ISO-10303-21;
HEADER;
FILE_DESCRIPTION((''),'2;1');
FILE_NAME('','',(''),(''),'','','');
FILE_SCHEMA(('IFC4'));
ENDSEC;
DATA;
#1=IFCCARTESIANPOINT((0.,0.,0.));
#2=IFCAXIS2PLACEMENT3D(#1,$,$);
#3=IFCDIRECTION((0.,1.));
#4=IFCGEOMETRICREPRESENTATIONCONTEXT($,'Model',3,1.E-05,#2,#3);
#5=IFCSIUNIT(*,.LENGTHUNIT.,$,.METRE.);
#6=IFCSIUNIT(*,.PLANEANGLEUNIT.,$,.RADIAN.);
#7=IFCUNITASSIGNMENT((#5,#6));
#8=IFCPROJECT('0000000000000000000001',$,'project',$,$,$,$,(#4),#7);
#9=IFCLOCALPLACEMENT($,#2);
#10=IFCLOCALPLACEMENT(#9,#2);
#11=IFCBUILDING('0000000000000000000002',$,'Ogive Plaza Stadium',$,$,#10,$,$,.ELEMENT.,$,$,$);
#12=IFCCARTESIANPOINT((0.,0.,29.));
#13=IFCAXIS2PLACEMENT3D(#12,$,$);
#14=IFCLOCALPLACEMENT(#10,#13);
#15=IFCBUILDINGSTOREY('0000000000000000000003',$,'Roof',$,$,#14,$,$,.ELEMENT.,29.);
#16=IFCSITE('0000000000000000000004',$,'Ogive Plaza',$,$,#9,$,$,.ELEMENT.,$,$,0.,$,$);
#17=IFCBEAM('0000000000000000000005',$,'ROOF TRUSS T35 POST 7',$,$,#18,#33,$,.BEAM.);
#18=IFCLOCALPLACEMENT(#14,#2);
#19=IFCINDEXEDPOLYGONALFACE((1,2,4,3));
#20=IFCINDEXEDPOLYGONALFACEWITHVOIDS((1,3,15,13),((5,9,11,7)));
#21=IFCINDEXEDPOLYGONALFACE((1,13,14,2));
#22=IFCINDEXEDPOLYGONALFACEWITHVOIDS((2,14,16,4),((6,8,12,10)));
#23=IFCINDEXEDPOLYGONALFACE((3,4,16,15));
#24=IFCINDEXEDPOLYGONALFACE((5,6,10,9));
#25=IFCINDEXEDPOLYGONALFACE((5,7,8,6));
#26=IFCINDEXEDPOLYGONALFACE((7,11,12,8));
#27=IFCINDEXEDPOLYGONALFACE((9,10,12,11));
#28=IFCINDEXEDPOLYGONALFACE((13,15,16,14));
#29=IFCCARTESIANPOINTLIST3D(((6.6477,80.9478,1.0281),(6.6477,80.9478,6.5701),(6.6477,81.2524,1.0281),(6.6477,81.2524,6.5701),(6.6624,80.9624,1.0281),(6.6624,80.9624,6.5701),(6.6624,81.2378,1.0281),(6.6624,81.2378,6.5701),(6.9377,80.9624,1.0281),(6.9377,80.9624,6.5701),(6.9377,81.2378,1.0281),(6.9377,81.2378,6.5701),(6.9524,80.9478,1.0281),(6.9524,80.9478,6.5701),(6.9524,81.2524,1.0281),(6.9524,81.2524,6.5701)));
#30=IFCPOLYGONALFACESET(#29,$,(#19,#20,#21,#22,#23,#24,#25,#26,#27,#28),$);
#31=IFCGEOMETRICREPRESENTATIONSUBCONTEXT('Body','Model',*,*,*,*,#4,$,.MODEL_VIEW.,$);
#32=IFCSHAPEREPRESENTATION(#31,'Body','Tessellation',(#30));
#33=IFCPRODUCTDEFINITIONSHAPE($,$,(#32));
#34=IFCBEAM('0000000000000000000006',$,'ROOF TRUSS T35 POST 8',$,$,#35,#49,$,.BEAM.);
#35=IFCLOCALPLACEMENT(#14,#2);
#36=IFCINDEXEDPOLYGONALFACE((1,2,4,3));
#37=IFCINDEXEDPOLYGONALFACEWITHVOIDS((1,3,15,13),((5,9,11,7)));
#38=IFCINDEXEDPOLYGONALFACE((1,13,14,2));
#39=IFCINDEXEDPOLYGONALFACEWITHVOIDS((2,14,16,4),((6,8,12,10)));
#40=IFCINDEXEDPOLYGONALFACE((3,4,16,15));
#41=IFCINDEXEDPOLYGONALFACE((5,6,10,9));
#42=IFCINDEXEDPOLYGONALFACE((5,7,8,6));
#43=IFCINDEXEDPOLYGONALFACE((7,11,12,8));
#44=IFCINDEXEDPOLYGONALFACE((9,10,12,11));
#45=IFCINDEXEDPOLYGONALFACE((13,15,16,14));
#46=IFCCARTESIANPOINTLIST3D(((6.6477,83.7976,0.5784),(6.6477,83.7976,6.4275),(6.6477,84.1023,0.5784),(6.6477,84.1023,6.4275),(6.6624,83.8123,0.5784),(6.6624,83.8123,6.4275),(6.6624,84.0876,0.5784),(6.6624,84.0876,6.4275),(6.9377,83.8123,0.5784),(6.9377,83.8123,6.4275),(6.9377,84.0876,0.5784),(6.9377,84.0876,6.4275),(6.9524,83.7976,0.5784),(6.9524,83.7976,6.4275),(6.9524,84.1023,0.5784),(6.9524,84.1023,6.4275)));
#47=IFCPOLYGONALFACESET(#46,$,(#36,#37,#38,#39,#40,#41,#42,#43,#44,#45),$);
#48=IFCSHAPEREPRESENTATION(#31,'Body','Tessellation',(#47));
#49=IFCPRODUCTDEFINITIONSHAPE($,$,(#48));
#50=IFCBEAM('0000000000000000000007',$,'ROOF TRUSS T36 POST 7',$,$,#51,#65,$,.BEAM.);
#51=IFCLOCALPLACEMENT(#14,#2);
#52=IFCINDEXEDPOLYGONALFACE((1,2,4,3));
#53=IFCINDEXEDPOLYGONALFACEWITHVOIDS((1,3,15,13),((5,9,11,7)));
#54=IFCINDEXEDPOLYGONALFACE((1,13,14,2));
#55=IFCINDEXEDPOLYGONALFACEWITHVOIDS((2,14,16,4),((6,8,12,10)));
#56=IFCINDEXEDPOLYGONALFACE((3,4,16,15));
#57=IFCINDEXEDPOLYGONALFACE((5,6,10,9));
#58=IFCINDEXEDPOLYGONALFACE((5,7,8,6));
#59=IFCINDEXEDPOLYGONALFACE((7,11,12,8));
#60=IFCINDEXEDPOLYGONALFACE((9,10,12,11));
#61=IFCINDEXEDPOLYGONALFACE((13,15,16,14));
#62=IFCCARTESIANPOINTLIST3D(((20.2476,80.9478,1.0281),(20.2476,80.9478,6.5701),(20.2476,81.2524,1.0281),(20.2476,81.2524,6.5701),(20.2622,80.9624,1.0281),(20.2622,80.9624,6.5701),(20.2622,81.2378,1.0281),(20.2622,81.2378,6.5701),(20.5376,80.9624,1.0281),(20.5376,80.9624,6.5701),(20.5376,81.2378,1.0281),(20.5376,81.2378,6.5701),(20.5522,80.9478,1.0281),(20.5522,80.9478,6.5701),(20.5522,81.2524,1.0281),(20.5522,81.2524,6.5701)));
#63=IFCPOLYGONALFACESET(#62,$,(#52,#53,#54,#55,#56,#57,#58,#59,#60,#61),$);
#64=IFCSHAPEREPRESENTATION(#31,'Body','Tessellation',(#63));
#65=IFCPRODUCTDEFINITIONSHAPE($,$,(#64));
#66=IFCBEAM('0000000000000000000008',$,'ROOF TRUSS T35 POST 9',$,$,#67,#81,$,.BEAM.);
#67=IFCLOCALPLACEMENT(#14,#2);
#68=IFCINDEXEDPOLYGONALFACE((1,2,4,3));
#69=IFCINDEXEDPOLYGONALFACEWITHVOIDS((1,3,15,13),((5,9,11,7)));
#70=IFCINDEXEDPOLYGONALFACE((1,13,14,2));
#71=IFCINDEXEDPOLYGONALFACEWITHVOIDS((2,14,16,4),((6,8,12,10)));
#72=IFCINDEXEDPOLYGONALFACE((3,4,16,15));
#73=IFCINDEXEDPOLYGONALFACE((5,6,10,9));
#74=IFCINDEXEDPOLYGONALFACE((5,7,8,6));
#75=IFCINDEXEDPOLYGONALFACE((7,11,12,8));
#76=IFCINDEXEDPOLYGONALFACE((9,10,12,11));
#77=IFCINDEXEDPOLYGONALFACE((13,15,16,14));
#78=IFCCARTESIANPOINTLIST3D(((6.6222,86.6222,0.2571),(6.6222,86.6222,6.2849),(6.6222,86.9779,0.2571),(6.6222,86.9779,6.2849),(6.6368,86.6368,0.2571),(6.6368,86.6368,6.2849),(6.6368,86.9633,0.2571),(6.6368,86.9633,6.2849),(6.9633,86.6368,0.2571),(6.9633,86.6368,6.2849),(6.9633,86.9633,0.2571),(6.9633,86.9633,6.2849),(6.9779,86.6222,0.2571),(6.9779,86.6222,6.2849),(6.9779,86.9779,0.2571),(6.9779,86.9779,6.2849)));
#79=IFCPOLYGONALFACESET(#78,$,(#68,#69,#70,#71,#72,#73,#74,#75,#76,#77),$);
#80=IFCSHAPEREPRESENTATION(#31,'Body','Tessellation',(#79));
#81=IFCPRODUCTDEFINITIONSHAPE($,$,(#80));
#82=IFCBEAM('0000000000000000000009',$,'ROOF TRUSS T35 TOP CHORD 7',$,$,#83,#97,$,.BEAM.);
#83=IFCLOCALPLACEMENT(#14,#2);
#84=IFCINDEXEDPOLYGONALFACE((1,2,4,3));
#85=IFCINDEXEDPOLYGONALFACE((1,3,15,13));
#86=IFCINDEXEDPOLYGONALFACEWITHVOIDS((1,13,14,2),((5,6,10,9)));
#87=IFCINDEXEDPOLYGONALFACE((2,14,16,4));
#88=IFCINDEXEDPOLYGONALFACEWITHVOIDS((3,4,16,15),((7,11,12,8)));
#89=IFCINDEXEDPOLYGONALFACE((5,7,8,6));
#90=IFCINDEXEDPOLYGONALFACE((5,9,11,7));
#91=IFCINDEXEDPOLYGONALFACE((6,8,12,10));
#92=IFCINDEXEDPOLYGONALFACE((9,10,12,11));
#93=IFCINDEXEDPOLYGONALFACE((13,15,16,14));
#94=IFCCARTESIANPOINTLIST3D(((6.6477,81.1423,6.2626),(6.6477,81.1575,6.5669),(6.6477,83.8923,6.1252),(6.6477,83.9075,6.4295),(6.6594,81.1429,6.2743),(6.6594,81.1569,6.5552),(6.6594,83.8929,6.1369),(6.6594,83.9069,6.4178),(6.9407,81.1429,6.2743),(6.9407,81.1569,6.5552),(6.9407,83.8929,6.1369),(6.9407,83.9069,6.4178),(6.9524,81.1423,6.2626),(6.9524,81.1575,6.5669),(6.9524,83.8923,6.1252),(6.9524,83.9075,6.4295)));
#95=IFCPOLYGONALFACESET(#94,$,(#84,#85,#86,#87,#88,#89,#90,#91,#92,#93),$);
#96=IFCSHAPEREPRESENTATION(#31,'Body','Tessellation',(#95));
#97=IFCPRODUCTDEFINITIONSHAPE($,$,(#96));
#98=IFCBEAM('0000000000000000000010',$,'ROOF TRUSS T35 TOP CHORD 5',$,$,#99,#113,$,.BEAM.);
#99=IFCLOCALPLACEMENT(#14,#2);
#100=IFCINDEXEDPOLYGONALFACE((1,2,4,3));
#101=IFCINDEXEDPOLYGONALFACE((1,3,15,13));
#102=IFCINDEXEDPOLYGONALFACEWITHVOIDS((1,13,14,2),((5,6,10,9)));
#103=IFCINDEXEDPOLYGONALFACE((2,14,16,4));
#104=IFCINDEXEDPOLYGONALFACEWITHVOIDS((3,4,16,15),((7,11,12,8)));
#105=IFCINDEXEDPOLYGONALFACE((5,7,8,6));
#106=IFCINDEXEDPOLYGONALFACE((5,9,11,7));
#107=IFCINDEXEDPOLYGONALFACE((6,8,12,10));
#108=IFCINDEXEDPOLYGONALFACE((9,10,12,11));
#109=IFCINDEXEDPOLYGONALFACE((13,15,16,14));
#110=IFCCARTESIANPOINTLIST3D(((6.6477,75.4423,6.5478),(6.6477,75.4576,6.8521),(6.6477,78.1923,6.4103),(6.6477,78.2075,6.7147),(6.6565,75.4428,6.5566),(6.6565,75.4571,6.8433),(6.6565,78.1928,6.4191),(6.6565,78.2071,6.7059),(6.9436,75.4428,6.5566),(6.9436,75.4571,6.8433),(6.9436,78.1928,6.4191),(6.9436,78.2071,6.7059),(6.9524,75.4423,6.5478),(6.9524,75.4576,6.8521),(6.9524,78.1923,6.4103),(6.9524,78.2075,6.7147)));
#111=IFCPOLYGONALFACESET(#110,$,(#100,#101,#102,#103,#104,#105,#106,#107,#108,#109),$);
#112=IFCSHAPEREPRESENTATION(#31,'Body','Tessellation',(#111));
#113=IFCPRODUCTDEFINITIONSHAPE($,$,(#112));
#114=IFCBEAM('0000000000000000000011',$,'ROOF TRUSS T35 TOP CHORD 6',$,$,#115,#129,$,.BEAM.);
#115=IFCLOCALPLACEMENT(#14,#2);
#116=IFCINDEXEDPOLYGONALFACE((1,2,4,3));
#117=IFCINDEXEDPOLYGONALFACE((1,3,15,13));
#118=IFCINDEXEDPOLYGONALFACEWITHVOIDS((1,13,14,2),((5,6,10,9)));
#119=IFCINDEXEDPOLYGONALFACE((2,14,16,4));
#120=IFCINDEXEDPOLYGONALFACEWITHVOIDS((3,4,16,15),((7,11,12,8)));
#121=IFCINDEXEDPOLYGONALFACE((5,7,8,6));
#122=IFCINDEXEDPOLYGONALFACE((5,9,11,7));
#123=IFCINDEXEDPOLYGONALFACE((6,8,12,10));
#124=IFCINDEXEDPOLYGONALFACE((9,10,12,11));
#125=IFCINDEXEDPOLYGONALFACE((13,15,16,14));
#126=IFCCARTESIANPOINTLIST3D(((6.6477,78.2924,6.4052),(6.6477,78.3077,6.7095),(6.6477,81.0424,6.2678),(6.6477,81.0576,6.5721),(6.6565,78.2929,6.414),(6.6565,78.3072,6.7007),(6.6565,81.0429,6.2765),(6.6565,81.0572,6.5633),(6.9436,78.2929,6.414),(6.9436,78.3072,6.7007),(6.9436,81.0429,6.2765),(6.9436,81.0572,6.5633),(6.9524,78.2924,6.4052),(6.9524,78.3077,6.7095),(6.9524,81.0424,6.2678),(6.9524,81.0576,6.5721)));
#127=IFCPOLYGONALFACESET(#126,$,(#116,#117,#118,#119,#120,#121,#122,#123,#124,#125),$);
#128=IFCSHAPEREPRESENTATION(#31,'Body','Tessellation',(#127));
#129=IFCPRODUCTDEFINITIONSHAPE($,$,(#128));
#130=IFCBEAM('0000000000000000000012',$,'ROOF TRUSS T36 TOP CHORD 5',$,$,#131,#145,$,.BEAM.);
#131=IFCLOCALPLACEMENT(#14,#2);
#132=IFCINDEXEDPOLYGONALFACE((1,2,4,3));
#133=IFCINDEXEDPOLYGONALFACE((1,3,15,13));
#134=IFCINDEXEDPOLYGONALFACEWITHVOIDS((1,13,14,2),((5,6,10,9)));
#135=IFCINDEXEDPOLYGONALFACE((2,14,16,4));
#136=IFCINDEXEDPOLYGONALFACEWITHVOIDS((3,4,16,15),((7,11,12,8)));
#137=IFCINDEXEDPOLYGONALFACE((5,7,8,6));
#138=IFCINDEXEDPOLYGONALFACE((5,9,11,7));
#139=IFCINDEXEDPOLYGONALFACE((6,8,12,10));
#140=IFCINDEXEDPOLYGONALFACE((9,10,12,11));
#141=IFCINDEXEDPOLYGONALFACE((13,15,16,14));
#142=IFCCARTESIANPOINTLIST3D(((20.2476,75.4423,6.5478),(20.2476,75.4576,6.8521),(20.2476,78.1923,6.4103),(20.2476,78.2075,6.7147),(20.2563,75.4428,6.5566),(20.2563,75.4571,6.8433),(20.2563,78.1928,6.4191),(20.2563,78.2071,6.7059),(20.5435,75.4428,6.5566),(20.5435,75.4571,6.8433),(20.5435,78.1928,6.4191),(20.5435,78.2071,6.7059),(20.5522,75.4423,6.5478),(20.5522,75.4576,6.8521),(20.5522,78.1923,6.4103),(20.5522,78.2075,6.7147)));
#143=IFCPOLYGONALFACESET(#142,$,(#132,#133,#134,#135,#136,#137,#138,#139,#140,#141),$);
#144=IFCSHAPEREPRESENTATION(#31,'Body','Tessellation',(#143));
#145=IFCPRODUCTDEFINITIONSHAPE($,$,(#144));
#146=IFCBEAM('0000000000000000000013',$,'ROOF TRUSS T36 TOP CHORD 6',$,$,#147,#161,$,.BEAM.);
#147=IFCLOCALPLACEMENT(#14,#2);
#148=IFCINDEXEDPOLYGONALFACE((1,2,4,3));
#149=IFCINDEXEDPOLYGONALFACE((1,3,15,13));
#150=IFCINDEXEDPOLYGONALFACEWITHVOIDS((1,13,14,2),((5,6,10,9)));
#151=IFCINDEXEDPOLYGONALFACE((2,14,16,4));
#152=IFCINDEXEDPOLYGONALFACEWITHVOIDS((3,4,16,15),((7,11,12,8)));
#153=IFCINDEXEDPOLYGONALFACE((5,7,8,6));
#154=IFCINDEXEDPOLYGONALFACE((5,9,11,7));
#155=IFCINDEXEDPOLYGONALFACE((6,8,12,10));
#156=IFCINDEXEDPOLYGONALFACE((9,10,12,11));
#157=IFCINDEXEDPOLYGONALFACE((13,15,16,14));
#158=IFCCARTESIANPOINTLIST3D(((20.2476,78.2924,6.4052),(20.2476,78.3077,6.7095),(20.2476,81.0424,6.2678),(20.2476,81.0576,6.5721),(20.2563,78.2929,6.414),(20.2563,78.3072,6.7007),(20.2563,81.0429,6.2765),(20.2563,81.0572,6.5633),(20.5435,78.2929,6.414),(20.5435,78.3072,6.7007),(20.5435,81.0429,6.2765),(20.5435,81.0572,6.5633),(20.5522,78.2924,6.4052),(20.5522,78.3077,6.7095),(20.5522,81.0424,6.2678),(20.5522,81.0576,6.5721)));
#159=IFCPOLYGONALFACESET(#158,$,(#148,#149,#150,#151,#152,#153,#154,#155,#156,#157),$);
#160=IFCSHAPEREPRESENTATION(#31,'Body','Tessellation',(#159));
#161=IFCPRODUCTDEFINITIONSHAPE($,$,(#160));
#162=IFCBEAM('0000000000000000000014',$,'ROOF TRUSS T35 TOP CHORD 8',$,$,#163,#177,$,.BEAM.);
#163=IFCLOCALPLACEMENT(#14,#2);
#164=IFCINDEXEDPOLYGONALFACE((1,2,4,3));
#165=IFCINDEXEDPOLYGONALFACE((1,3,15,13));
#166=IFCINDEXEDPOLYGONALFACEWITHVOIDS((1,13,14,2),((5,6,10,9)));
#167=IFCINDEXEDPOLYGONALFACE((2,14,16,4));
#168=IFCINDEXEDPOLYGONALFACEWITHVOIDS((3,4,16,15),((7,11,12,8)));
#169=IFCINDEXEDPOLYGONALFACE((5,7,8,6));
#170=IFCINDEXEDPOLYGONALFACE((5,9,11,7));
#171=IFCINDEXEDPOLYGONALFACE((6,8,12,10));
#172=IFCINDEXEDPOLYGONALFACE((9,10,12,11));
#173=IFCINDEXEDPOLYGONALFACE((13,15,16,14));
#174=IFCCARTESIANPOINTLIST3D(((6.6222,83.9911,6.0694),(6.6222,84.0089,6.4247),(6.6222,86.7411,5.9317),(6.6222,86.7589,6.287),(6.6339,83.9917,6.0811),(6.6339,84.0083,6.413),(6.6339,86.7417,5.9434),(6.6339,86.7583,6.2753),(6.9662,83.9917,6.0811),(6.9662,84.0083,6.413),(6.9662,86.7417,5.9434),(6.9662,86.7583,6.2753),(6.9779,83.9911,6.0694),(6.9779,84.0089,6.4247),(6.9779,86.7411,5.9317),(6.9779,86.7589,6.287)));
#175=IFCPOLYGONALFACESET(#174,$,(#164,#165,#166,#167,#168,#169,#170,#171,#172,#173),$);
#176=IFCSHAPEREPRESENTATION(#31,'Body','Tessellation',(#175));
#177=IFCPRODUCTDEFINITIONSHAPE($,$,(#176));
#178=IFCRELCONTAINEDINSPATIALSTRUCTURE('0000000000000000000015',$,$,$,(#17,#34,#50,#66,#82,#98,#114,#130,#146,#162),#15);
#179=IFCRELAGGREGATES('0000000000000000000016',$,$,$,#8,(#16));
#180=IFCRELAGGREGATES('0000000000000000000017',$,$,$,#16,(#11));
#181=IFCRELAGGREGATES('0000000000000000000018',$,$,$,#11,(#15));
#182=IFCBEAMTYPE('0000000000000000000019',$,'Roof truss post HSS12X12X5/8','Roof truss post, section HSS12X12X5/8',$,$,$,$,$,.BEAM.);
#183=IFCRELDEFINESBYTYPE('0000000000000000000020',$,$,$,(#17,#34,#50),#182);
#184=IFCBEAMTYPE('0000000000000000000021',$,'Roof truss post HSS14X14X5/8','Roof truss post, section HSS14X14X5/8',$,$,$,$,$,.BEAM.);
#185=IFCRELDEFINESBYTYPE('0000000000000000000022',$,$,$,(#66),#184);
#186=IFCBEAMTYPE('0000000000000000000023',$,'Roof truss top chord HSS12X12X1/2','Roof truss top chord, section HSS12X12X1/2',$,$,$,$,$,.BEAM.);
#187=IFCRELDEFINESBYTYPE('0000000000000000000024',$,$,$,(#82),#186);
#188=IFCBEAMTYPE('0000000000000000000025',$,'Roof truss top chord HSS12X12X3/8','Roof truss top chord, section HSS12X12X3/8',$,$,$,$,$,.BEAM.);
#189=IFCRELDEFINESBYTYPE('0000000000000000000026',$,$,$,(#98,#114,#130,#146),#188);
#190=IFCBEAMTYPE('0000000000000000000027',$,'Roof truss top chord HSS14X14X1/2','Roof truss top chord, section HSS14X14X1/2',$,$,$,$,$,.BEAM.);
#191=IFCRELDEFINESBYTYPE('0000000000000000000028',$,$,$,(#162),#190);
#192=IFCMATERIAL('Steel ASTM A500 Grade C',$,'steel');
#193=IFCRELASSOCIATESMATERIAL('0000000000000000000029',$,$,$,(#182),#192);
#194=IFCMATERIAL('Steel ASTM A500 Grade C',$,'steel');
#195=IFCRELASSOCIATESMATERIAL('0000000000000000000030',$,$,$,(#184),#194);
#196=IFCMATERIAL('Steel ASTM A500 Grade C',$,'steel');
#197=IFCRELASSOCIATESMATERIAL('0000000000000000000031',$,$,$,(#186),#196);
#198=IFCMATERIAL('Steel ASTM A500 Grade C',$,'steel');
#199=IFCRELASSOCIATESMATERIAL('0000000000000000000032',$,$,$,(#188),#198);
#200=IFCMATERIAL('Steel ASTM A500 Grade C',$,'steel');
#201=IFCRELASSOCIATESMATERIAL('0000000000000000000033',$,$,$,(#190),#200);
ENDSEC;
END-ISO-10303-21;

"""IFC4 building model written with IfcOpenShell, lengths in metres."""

from ifc_helpers import new_model, si_unit, direction, frame, origin, origin_2d, place, context, subcontext, project, spatial, hollow_rectangle, extrude, material, material_profile, profile_set, type_object, element, save


model = new_model("IFC4")

# Units and contexts
model_context = context("Model", 3, precision=1e-05, world=origin(), true_north=direction((0.0, 1.0)))
body_context = subcontext(model_context, "Body", "Model", "MODEL_VIEW")
ifc_project = project(units=[si_unit("LENGTHUNIT", "METRE"), si_unit("PLANEANGLEUNIT", "RADIAN")], contexts=[model_context])

# Site, building, storey
site_placement = place(None, origin())
site = spatial("IfcSite", under=ifc_project, at=site_placement, Name="Ogive Plaza", CompositionType="ELEMENT", RefElevation=0.0)
building_placement = place(site_placement, origin())
building = spatial("IfcBuilding", under=site, at=building_placement, Name="Ogive Plaza Stadium", CompositionType="ELEMENT")
storey_placement = place(building_placement, frame((0.0, 0.0, 29.0)))
storey = spatial("IfcBuildingStorey", under=building, at=storey_placement, Name="Roof", CompositionType="ELEMENT", Elevation=29.0)

# Beams
ifc_material_1 = material(Name="Steel ASTM A500 Grade C", Category="steel")
ifc_material_profile_1 = material_profile(ifc_material_1, hollow_rectangle(XDim=0.3047, YDim=0.3047, WallThickness=0.0146, at=origin_2d()), Name="HSS12X12X5/8")
ifc_profile_set_1 = profile_set([ifc_material_profile_1], Name="Steel ASTM A500 Grade C")
beam_type_1 = type_object("IfcBeamType", Name="Roof truss post HSS12X12X5/8", Description="Roof truss post, section HSS12X12X5/8", PredefinedType="BEAM", material=ifc_profile_set_1)
beam_1_placement = place(storey_placement, frame((6.8, 81.1001, 1.0281), z_axis=(0.0, 0.0, 1.0), x_axis=(-1.0, 0.0, 0.0)))
element("IfcBeam", 1, at=beam_1_placement, inside=storey, type_object=beam_type_1, Name="ROOF TRUSS T35 POST 7", PredefinedType="BEAM", context=body_context, shape_type="SweptSolid", body=[
    extrude(hollow_rectangle(XDim=0.3047, YDim=0.3047, WallThickness=0.0146, at=origin_2d()), origin(), (0.0, 0.0, 1.0), 5.542),
])
beam_2_placement = place(storey_placement, frame((6.8, 83.95, 0.5784), z_axis=(0.0, 0.0, 1.0), x_axis=(-1.0, 0.0, 0.0)))
element("IfcBeam", 2, at=beam_2_placement, inside=storey, type_object=beam_type_1, Name="ROOF TRUSS T35 POST 8", PredefinedType="BEAM", context=body_context, shape_type="SweptSolid", body=[
    extrude(hollow_rectangle(XDim=0.3047, YDim=0.3047, WallThickness=0.0146, at=origin_2d()), origin(), (0.0, 0.0, 1.0), 5.8491),
])
beam_3_placement = place(storey_placement, frame((20.3999, 81.1001, 1.0281), z_axis=(0.0, 0.0, 1.0), x_axis=(-1.0, 0.0, 0.0)))
element("IfcBeam", 3, at=beam_3_placement, inside=storey, type_object=beam_type_1, Name="ROOF TRUSS T36 POST 7", PredefinedType="BEAM", context=body_context, shape_type="SweptSolid", body=[
    extrude(hollow_rectangle(XDim=0.3047, YDim=0.3047, WallThickness=0.0146, at=origin_2d()), origin(), (0.0, 0.0, 1.0), 5.542),
])
ifc_material_2 = material(Name="Steel ASTM A500 Grade C", Category="steel")
ifc_material_profile_2 = material_profile(ifc_material_2, hollow_rectangle(XDim=0.3557, YDim=0.3557, WallThickness=0.0146, at=origin_2d()), Name="HSS14X14X5/8")
ifc_profile_set_2 = profile_set([ifc_material_profile_2], Name="Steel ASTM A500 Grade C")
beam_type_2 = type_object("IfcBeamType", Name="Roof truss post HSS14X14X5/8", Description="Roof truss post, section HSS14X14X5/8", PredefinedType="BEAM", material=ifc_profile_set_2)
beam_4_placement = place(storey_placement, frame((6.8, 86.8, 0.2571), z_axis=(0.0, 0.0, 1.0), x_axis=(-1.0, 0.0, 0.0)))
element("IfcBeam", 4, at=beam_4_placement, inside=storey, type_object=beam_type_2, Name="ROOF TRUSS T35 POST 9", PredefinedType="BEAM", context=body_context, shape_type="SweptSolid", body=[
    extrude(hollow_rectangle(XDim=0.3557, YDim=0.3557, WallThickness=0.0146, at=origin_2d()), origin(), (0.0, 0.0, 1.0), 6.0278),
])
ifc_material_3 = material(Name="Steel ASTM A500 Grade C", Category="steel")
ifc_material_profile_3 = material_profile(ifc_material_3, hollow_rectangle(XDim=0.3047, YDim=0.3047, WallThickness=0.0117, at=origin_2d()), Name="HSS12X12X1/2")
ifc_profile_set_3 = profile_set([ifc_material_profile_3], Name="Steel ASTM A500 Grade C")
beam_type_3 = type_object("IfcBeamType", Name="Roof truss top chord HSS12X12X1/2", Description="Roof truss top chord, section HSS12X12X1/2", PredefinedType="BEAM", material=ifc_profile_set_3)
beam_5_placement = place(storey_placement, frame((6.8, 81.1499, 6.4148), z_axis=(0.0, 0.998753, -0.04992), x_axis=(-1.0, 0.0, 0.0)))
element("IfcBeam", 5, at=beam_5_placement, inside=storey, type_object=beam_type_3, Name="ROOF TRUSS T35 TOP CHORD 7", PredefinedType="BEAM", context=body_context, shape_type="SweptSolid", body=[
    extrude(hollow_rectangle(XDim=0.3047, YDim=0.3047, WallThickness=0.0117, at=origin_2d()), origin(), (0.0, 0.0, 1.0), 2.7534),
])
ifc_material_4 = material(Name="Steel ASTM A500 Grade C", Category="steel")
ifc_material_profile_4 = material_profile(ifc_material_4, hollow_rectangle(XDim=0.3047, YDim=0.3047, WallThickness=0.0088, at=origin_2d()), Name="HSS12X12X3/8")
ifc_profile_set_4 = profile_set([ifc_material_profile_4], Name="Steel ASTM A500 Grade C")
beam_type_4 = type_object("IfcBeamType", Name="Roof truss top chord HSS12X12X3/8", Description="Roof truss top chord, section HSS12X12X3/8", PredefinedType="BEAM", material=ifc_profile_set_4)
for number, where, z_axis, x_axis, name in (
    (6, (6.8, 75.45, 6.7), (0.0, 0.998753, -0.04992), (-1.0, 0.0, 0.0), "ROOF TRUSS T35 TOP CHORD 5"),
    (7, (6.8, 78.3, 6.5574), (0.0, 0.998753, -0.04992), (-1.0, 0.0, 0.0), "ROOF TRUSS T35 TOP CHORD 6"),
    (8, (20.3999, 75.45, 6.7), (0.0, 0.998753, -0.04992), (-1.0, 0.0, 0.0), "ROOF TRUSS T36 TOP CHORD 5"),
    (9, (20.3999, 78.3, 6.5574), (0.0, 0.998753, -0.04992), (-1.0, 0.0, 0.0), "ROOF TRUSS T36 TOP CHORD 6"),
):
    element("IfcBeam", number, at=place(storey_placement, frame(where, z_axis=z_axis, x_axis=x_axis)), inside=storey, type_object=beam_type_4, Name=name, PredefinedType="BEAM", context=body_context, shape_type="SweptSolid", body=[
        extrude(hollow_rectangle(XDim=0.3047, YDim=0.3047, WallThickness=0.0088, at=origin_2d()), origin(), (0.0, 0.0, 1.0), 2.7534),
    ])
ifc_material_5 = material(Name="Steel ASTM A500 Grade C", Category="steel")
ifc_material_profile_5 = material_profile(ifc_material_5, hollow_rectangle(XDim=0.3557, YDim=0.3557, WallThickness=0.0117, at=origin_2d()), Name="HSS14X14X1/2")
ifc_profile_set_5 = profile_set([ifc_material_profile_5], Name="Steel ASTM A500 Grade C")
beam_type_5 = type_object("IfcBeamType", Name="Roof truss top chord HSS14X14X1/2", Description="Roof truss top chord, section HSS14X14X1/2", PredefinedType="BEAM", material=ifc_profile_set_5)
beam_6_placement = place(storey_placement, frame((6.8, 84.0, 6.2471), z_axis=(0.0, 0.998749, -0.050008), x_axis=(-1.0, 0.0, 0.0)))
element("IfcBeam", 10, at=beam_6_placement, inside=storey, type_object=beam_type_5, Name="ROOF TRUSS T35 TOP CHORD 8", PredefinedType="BEAM", context=body_context, shape_type="SweptSolid", body=[
    extrude(hollow_rectangle(XDim=0.3557, YDim=0.3557, WallThickness=0.0117, at=origin_2d()), origin(), (0.0, 0.0, 1.0), 2.7534),
])

save(model, "model.ifc")
